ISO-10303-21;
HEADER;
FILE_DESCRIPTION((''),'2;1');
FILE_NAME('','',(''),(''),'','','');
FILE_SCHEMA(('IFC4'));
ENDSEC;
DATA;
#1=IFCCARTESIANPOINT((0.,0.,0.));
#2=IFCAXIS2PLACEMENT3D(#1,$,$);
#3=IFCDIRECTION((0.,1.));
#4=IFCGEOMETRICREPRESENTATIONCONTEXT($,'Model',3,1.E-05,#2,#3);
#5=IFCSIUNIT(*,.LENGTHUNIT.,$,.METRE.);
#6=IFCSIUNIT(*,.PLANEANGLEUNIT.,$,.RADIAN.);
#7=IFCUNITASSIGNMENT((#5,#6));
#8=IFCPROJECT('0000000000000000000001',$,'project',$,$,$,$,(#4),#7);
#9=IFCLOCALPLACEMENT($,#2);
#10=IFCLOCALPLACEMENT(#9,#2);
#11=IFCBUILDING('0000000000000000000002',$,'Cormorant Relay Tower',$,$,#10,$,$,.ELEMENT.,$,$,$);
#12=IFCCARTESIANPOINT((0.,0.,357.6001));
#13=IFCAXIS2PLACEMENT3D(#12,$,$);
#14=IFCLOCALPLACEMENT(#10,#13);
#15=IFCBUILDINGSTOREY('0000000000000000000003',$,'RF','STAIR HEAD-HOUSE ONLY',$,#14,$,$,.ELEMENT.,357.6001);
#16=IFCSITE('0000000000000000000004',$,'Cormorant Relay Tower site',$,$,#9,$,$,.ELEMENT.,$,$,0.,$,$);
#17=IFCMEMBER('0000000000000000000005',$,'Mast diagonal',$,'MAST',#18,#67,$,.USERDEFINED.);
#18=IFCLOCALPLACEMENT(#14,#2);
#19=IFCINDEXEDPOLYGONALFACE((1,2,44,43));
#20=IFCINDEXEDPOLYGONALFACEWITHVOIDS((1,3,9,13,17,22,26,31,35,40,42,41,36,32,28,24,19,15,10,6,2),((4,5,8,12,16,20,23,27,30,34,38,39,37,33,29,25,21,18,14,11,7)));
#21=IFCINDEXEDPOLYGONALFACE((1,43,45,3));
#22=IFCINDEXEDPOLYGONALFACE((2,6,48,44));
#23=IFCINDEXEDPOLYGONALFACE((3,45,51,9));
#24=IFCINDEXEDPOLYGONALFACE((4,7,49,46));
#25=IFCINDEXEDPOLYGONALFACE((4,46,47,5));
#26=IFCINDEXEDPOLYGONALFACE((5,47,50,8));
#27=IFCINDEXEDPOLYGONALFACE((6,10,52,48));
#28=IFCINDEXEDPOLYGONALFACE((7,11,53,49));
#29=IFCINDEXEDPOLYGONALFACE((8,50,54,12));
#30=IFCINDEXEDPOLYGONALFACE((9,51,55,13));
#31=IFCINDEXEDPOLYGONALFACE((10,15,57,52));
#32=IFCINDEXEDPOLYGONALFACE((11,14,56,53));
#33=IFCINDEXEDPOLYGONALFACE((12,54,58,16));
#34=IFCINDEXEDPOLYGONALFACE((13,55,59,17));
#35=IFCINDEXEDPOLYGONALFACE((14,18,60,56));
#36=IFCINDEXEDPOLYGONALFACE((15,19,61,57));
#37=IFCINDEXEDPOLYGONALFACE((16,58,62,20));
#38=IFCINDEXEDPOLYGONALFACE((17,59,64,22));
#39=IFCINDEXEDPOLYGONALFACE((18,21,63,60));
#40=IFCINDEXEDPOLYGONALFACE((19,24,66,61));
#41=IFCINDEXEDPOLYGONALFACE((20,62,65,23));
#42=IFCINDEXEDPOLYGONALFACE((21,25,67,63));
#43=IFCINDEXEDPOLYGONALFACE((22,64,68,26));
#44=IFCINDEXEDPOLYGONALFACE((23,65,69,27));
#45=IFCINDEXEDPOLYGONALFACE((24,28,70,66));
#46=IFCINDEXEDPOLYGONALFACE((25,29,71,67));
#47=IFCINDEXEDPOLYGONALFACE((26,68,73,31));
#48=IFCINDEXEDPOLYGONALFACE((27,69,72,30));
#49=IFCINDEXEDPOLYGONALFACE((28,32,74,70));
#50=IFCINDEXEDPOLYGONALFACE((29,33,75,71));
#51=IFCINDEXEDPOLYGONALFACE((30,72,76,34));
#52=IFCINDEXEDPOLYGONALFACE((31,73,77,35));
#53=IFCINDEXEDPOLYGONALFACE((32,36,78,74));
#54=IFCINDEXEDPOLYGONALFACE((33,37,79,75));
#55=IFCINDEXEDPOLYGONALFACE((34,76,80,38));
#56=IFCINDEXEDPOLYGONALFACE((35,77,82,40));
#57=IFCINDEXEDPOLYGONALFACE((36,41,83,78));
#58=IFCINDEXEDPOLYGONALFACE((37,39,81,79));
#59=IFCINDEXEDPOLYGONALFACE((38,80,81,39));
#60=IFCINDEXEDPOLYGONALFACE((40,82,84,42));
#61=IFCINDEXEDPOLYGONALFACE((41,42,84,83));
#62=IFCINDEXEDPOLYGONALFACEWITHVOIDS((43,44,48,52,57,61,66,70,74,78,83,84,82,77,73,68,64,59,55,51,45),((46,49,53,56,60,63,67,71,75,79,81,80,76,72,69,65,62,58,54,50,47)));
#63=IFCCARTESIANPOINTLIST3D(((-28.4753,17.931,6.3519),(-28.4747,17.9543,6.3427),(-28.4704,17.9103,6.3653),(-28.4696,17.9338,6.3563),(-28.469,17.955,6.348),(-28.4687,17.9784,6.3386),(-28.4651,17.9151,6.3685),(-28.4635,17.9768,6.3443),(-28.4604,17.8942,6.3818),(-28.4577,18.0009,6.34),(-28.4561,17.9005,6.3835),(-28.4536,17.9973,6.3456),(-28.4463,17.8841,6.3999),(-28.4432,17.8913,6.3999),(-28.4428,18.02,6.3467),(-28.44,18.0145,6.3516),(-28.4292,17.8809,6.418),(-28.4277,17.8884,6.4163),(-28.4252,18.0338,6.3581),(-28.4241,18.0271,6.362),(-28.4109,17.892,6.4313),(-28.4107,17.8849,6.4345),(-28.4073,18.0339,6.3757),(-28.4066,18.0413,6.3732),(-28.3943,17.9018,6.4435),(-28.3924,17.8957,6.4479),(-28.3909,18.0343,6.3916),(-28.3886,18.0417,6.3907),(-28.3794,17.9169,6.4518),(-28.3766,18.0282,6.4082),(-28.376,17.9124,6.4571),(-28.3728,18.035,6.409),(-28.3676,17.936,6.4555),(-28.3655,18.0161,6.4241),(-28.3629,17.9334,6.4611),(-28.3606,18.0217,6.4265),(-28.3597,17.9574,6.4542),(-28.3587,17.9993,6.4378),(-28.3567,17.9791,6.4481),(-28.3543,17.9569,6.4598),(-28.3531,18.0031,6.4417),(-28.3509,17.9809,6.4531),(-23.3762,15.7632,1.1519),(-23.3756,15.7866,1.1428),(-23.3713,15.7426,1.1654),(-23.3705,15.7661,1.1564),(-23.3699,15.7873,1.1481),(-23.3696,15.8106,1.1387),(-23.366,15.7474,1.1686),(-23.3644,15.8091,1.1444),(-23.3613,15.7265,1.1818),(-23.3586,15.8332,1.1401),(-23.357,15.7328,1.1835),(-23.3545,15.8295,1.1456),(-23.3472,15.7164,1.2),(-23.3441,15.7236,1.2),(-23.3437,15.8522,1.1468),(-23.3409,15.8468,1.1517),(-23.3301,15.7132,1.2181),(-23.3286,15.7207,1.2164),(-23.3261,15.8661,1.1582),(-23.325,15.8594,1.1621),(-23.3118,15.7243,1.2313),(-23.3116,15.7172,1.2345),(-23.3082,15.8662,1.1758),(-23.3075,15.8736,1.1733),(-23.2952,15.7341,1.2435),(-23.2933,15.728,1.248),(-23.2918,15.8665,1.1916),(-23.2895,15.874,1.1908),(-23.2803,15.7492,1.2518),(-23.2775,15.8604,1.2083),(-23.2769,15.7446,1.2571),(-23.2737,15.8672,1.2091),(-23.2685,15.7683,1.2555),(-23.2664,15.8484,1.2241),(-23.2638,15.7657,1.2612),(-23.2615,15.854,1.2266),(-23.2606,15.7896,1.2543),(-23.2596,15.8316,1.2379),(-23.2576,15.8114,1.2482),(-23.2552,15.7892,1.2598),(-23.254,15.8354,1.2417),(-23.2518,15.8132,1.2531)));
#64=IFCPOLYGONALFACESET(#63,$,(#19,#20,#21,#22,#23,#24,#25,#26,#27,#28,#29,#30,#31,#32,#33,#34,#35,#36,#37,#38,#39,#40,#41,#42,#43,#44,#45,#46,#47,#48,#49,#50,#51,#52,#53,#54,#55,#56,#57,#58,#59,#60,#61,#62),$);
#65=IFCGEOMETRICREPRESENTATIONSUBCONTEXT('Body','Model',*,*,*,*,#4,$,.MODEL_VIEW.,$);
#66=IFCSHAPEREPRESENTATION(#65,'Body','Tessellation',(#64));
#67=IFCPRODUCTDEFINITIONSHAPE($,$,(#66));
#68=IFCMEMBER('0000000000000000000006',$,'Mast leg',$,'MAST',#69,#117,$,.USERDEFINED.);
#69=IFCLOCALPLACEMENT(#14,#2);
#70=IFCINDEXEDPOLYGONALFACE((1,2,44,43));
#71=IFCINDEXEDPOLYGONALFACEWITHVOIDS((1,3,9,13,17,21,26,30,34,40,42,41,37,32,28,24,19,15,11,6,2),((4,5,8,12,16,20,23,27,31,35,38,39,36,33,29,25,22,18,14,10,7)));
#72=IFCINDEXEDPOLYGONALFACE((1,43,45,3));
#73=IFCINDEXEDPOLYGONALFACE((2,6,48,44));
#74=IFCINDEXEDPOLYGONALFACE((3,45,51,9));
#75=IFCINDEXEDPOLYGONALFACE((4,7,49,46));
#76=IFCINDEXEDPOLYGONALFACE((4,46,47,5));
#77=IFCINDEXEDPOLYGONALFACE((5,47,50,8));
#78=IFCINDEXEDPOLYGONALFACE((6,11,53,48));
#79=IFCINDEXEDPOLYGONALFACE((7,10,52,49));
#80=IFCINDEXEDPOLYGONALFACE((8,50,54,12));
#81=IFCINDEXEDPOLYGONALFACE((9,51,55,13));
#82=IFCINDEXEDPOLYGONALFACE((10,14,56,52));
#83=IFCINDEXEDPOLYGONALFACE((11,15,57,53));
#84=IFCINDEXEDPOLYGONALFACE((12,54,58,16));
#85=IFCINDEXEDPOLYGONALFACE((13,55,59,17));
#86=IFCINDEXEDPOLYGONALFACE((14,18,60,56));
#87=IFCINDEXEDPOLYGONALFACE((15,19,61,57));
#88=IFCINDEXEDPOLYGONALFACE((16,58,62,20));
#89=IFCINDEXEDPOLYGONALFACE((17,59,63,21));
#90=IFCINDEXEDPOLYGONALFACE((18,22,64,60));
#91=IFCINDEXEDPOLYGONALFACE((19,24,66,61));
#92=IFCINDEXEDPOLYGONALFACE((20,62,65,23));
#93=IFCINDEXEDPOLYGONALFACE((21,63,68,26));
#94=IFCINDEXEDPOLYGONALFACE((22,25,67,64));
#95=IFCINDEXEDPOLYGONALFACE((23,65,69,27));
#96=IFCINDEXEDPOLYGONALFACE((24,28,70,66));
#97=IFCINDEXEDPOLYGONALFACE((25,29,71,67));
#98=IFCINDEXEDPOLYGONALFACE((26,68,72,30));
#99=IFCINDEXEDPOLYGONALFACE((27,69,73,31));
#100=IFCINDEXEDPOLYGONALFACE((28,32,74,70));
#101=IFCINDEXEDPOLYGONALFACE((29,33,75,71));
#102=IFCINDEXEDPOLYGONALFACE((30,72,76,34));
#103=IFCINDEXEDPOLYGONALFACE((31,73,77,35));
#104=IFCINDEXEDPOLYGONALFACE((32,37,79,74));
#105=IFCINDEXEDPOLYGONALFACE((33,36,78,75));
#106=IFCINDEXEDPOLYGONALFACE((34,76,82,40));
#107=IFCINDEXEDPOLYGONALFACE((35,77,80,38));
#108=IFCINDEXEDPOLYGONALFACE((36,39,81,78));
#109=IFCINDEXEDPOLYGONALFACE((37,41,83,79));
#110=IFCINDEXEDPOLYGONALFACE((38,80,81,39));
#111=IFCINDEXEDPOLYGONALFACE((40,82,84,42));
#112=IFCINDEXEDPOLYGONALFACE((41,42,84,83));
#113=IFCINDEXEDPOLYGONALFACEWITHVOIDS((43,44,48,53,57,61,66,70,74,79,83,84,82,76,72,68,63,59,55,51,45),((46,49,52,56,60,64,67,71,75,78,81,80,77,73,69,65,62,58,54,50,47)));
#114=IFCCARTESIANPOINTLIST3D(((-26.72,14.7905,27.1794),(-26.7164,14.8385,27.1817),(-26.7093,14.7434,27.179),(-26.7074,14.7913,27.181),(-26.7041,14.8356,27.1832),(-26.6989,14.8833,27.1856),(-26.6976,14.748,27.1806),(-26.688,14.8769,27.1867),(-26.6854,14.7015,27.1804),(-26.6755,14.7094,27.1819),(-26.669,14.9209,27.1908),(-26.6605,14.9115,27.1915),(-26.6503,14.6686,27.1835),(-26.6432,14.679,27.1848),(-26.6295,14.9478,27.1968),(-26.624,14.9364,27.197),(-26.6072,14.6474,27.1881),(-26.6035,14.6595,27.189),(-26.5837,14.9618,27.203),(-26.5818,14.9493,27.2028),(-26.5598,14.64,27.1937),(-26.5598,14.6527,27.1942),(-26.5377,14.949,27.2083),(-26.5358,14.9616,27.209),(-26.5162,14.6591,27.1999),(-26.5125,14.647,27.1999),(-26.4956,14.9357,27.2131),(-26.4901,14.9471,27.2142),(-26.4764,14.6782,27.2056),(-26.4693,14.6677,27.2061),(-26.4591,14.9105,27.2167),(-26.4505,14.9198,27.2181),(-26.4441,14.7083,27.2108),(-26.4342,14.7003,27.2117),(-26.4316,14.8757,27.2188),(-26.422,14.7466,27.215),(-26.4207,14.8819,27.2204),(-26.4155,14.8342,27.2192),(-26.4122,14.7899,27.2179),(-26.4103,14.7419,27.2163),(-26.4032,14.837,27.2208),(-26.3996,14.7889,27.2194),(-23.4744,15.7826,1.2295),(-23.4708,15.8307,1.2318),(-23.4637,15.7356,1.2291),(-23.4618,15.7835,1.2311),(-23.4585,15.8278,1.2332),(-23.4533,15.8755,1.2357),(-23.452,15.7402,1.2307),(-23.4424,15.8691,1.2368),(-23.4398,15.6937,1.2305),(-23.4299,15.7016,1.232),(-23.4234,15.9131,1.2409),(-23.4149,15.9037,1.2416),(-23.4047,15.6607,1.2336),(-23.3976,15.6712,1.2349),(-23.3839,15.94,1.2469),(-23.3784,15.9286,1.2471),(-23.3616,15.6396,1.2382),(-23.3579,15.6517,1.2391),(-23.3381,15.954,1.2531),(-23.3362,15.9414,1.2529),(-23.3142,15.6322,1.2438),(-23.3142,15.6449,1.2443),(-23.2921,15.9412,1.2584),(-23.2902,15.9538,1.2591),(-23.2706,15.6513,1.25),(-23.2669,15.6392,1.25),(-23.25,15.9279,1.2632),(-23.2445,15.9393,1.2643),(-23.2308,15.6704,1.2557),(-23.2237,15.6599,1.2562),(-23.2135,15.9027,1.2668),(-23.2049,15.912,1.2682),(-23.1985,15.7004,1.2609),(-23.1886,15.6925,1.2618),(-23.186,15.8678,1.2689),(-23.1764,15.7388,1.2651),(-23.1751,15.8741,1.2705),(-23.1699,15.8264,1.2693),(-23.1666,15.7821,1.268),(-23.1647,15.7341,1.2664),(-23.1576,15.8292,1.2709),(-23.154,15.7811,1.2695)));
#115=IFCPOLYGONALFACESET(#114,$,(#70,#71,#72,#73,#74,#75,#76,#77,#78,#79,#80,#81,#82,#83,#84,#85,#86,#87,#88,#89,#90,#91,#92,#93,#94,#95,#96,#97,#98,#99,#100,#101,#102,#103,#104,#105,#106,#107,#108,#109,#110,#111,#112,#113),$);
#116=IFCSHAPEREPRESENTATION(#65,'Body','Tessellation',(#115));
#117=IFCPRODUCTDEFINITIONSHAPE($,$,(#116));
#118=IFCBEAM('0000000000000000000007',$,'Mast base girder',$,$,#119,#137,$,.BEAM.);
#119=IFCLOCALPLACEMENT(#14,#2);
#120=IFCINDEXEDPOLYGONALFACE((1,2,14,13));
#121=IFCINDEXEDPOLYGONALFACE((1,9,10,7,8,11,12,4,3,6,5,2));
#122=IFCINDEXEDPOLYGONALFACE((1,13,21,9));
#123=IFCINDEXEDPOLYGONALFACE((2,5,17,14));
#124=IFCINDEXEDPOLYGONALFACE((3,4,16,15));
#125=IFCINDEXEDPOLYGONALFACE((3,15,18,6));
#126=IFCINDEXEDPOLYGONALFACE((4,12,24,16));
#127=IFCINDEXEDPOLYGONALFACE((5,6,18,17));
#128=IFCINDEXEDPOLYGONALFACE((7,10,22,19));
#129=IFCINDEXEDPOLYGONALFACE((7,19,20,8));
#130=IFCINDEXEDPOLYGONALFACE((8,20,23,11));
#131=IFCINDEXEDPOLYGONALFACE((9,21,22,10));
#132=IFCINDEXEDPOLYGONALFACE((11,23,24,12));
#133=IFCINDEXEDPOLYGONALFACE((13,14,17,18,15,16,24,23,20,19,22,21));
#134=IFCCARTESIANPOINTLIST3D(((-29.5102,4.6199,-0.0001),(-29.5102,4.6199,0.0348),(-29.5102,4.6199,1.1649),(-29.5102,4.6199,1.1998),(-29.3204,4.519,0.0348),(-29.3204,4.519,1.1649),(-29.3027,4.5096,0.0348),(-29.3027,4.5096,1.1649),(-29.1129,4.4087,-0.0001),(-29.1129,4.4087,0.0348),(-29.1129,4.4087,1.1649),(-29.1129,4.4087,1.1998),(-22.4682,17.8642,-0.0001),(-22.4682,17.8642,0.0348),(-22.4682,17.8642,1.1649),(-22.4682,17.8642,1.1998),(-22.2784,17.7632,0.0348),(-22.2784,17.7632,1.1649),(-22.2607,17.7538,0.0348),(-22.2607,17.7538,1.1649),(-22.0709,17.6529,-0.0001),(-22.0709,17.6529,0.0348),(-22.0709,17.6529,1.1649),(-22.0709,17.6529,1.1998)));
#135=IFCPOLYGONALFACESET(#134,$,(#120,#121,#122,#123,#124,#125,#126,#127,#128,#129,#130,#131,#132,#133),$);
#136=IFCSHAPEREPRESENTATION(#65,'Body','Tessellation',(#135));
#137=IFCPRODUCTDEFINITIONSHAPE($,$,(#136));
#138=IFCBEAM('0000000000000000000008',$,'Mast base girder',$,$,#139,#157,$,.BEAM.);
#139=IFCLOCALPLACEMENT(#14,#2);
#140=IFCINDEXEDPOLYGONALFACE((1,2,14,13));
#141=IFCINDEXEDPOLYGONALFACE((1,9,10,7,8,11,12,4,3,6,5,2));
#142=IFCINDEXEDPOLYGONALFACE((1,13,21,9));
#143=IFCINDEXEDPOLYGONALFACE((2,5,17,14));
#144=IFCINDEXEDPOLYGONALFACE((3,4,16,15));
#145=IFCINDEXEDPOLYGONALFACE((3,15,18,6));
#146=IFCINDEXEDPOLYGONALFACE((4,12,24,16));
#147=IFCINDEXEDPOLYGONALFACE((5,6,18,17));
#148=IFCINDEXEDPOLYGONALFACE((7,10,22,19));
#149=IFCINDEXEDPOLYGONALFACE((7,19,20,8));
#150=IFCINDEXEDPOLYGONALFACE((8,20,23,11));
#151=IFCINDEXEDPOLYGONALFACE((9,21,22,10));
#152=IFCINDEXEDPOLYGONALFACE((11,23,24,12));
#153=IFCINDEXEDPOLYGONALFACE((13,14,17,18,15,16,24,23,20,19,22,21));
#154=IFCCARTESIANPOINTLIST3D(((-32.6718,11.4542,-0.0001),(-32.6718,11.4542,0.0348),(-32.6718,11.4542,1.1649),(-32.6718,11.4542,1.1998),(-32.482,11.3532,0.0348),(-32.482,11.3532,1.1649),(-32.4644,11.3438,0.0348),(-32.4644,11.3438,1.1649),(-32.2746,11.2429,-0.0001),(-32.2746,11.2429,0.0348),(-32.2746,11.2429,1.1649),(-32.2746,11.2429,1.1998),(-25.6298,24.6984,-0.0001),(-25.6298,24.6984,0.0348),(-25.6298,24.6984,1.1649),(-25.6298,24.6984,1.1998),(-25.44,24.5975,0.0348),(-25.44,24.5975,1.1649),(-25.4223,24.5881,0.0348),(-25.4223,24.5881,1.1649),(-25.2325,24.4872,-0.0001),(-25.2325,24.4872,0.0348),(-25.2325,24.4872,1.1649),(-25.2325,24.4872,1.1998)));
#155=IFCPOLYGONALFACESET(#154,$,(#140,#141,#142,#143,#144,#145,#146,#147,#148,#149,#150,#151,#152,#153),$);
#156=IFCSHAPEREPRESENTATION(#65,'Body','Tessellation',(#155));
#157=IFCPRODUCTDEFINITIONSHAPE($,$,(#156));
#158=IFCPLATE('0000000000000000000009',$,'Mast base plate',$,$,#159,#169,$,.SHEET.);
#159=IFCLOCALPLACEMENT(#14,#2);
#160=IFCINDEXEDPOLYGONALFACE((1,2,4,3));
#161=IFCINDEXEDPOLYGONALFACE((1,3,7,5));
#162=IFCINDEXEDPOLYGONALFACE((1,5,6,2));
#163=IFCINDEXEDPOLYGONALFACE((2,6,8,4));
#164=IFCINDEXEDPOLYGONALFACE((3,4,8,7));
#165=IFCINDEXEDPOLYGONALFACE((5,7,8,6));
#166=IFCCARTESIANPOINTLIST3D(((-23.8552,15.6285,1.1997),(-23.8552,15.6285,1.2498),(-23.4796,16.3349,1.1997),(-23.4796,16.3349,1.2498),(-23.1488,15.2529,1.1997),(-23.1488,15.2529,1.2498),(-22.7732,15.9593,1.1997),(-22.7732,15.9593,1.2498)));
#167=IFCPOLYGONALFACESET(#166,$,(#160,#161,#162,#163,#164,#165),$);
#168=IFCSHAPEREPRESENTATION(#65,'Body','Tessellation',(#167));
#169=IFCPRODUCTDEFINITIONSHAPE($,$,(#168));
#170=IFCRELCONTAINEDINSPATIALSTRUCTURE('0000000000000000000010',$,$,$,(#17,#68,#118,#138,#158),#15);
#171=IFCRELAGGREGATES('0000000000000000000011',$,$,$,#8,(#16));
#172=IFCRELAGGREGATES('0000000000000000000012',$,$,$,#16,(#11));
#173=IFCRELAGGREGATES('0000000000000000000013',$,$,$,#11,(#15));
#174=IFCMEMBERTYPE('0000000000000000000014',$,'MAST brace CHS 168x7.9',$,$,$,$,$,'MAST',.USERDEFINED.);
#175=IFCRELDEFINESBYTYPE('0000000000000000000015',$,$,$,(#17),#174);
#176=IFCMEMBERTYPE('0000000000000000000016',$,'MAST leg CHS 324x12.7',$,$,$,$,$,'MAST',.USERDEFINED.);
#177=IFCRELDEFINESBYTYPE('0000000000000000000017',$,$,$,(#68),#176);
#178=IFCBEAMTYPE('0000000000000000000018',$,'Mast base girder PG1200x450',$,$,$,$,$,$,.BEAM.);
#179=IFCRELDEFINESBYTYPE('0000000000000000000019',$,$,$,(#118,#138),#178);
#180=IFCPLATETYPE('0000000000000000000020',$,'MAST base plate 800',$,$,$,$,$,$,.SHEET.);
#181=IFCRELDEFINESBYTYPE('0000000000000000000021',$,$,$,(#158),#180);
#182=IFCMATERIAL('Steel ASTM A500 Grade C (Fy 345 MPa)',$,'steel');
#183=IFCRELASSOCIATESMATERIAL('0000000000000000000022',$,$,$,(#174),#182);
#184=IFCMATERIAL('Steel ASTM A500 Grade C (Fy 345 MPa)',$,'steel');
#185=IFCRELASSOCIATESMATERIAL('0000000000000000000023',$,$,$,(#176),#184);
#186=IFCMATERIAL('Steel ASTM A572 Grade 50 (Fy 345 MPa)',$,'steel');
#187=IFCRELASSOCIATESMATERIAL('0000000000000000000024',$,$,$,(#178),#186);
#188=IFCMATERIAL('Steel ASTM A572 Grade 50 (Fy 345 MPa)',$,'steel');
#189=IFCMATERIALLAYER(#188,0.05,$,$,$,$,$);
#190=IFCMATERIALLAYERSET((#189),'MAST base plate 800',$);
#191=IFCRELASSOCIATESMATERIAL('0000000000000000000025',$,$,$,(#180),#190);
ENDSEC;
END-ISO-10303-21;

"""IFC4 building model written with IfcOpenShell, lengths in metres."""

from ifc_helpers import new_model, si_unit, direction, frame, origin, origin_2d, place, context, subcontext, project, spatial, rectangle, hollow_circle, i_section, extrude, material, layer, layer_set, material_profile, profile_set, type_object, element, save


model = new_model("IFC4")

# Units and contexts
model_context = context("Model", 3, precision=1e-05, world=origin(), true_north=direction((0.0, 1.0)))
body_context = subcontext(model_context, "Body", "Model", "MODEL_VIEW")
ifc_project = project(units=[si_unit("LENGTHUNIT", "METRE"), si_unit("PLANEANGLEUNIT", "RADIAN")], contexts=[model_context])

# Site, building, storey
site_placement = place(None, origin())
site = spatial("IfcSite", under=ifc_project, at=site_placement, Name="Cormorant Relay Tower site", CompositionType="ELEMENT", RefElevation=0.0)
building_placement = place(site_placement, origin())
building = spatial("IfcBuilding", under=site, at=building_placement, Name="Cormorant Relay Tower", CompositionType="ELEMENT")
storey_placement = place(building_placement, frame((0.0, 0.0, 357.6001)))
storey = spatial("IfcBuildingStorey", under=building, at=storey_placement, Name="RF", Description="STAIR HEAD-HOUSE ONLY", CompositionType="ELEMENT", Elevation=357.6001)

# Members
ifc_material_1 = material(Name="Steel ASTM A500 Grade C (Fy 345 MPa)", Category="steel")
ifc_material_profile_1 = material_profile(ifc_material_1, hollow_circle(Radius=0.0842, WallThickness=0.0078, at=origin_2d()), Name="CHS 168x7.9")
ifc_profile_set_1 = profile_set([ifc_material_profile_1], Name="Steel ASTM A500 Grade C (Fy 345 MPa)")
member_type_1 = type_object("IfcMemberType", Name="MAST brace CHS 168x7.9", ElementType="MAST", PredefinedType="USERDEFINED", material=ifc_profile_set_1)
member_1_placement = place(storey_placement, frame((-23.3142, 15.7939, 1.2), z_axis=(-0.671056, 0.285277, 0.684325), x_axis=(-0.391232, -0.920292, 0.0)))
element("IfcMember", 1, at=member_1_placement, inside=storey, type_object=member_type_1, Name="Mast diagonal", ObjectType="MAST", PredefinedType="USERDEFINED", context=body_context, shape_type="SweptSolid", body=[
    extrude(hollow_circle(Radius=0.0842, WallThickness=0.0078, at=origin_2d()), origin(), (0.0, 0.0, 1.0), 7.5986),
])
ifc_material_2 = material(Name="Steel ASTM A500 Grade C (Fy 345 MPa)", Category="steel")
ifc_material_profile_2 = material_profile(ifc_material_2, hollow_circle(Radius=0.1619, WallThickness=0.0127, at=origin_2d()), Name="CHS 324x12.7")
ifc_profile_set_2 = profile_set([ifc_material_profile_2], Name="Steel ASTM A500 Grade C (Fy 345 MPa)")
member_type_2 = type_object("IfcMemberType", Name="MAST leg CHS 324x12.7", ElementType="MAST", PredefinedType="USERDEFINED", material=ifc_profile_set_2)
member_2_placement = place(storey_placement, frame((-23.3142, 15.7939, 1.25), z_axis=(-0.124016, -0.037912, 0.991556), x_axis=(0.292346, -0.956312, 0.0)))
element("IfcMember", 2, at=member_2_placement, inside=storey, type_object=member_type_2, Name="Mast leg", ObjectType="MAST", PredefinedType="USERDEFINED", context=body_context, shape_type="SweptSolid", body=[
    extrude(hollow_circle(Radius=0.1619, WallThickness=0.0127, at=origin_2d()), origin(), (0.0, 0.0, 1.0), 26.1709),
])

# Beams
ifc_material_3 = material(Name="Steel ASTM A572 Grade 50 (Fy 345 MPa)", Category="steel")
ifc_material_profile_3 = material_profile(ifc_material_3, i_section(OverallWidth=0.45, OverallDepth=1.2, WebThickness=0.02, FlangeThickness=0.0349, at=origin_2d()), Name="PG1200x450")
ifc_profile_set_3 = profile_set([ifc_material_profile_3], Name="Steel ASTM A572 Grade 50 (Fy 345 MPa)")
beam_type = type_object("IfcBeamType", Name="Mast base girder PG1200x450", PredefinedType="BEAM", material=ifc_profile_set_3)
for number, where, z_axis, x_axis, name in (
    (3, (-22.2695, 17.7585, 0.5999), (-0.469469, -0.882949, 0.0), (0.882949, -0.469469, 0.0), "Mast base girder"),
    (4, (-25.4312, 24.5928, 0.5999), (-0.469469, -0.882949, 0.0), (0.882949, -0.469469, 0.0), "Mast base girder"),
):
    element("IfcBeam", number, at=place(storey_placement, frame(where, z_axis=z_axis, x_axis=x_axis)), inside=storey, type_object=beam_type, Name=name, PredefinedType="BEAM", context=body_context, shape_type="SweptSolid", body=[
        extrude(i_section(OverallWidth=0.45, OverallDepth=1.2, WebThickness=0.02, FlangeThickness=0.0349, at=origin_2d()), origin(), (0.0, 0.0, 1.0), 15.0),
    ])

# Plate
ifc_material_4 = material(Name="Steel ASTM A572 Grade 50 (Fy 345 MPa)", Category="steel")
ifc_layer_1 = layer(ifc_material_4, 0.05)
ifc_layer_set_1 = layer_set([ifc_layer_1], Name="MAST base plate 800")
plate_type = type_object("IfcPlateType", Name="MAST base plate 800", PredefinedType="SHEET", material=ifc_layer_set_1)
plate_placement = place(storey_placement, frame((-23.3142, 15.7939, 1.1997), z_axis=(0.0, 0.0, 1.0), x_axis=(-0.882948, 0.469472, 0.0)))
element("IfcPlate", 5, at=plate_placement, inside=storey, type_object=plate_type, Name="Mast base plate", PredefinedType="SHEET", context=body_context, shape_type="SweptSolid", body=[
    extrude(rectangle(XDim=0.8, YDim=0.8, at=origin_2d()), origin(), (0.0, 0.0, 1.0), 0.05),
])

save(model, "model.ifc")
